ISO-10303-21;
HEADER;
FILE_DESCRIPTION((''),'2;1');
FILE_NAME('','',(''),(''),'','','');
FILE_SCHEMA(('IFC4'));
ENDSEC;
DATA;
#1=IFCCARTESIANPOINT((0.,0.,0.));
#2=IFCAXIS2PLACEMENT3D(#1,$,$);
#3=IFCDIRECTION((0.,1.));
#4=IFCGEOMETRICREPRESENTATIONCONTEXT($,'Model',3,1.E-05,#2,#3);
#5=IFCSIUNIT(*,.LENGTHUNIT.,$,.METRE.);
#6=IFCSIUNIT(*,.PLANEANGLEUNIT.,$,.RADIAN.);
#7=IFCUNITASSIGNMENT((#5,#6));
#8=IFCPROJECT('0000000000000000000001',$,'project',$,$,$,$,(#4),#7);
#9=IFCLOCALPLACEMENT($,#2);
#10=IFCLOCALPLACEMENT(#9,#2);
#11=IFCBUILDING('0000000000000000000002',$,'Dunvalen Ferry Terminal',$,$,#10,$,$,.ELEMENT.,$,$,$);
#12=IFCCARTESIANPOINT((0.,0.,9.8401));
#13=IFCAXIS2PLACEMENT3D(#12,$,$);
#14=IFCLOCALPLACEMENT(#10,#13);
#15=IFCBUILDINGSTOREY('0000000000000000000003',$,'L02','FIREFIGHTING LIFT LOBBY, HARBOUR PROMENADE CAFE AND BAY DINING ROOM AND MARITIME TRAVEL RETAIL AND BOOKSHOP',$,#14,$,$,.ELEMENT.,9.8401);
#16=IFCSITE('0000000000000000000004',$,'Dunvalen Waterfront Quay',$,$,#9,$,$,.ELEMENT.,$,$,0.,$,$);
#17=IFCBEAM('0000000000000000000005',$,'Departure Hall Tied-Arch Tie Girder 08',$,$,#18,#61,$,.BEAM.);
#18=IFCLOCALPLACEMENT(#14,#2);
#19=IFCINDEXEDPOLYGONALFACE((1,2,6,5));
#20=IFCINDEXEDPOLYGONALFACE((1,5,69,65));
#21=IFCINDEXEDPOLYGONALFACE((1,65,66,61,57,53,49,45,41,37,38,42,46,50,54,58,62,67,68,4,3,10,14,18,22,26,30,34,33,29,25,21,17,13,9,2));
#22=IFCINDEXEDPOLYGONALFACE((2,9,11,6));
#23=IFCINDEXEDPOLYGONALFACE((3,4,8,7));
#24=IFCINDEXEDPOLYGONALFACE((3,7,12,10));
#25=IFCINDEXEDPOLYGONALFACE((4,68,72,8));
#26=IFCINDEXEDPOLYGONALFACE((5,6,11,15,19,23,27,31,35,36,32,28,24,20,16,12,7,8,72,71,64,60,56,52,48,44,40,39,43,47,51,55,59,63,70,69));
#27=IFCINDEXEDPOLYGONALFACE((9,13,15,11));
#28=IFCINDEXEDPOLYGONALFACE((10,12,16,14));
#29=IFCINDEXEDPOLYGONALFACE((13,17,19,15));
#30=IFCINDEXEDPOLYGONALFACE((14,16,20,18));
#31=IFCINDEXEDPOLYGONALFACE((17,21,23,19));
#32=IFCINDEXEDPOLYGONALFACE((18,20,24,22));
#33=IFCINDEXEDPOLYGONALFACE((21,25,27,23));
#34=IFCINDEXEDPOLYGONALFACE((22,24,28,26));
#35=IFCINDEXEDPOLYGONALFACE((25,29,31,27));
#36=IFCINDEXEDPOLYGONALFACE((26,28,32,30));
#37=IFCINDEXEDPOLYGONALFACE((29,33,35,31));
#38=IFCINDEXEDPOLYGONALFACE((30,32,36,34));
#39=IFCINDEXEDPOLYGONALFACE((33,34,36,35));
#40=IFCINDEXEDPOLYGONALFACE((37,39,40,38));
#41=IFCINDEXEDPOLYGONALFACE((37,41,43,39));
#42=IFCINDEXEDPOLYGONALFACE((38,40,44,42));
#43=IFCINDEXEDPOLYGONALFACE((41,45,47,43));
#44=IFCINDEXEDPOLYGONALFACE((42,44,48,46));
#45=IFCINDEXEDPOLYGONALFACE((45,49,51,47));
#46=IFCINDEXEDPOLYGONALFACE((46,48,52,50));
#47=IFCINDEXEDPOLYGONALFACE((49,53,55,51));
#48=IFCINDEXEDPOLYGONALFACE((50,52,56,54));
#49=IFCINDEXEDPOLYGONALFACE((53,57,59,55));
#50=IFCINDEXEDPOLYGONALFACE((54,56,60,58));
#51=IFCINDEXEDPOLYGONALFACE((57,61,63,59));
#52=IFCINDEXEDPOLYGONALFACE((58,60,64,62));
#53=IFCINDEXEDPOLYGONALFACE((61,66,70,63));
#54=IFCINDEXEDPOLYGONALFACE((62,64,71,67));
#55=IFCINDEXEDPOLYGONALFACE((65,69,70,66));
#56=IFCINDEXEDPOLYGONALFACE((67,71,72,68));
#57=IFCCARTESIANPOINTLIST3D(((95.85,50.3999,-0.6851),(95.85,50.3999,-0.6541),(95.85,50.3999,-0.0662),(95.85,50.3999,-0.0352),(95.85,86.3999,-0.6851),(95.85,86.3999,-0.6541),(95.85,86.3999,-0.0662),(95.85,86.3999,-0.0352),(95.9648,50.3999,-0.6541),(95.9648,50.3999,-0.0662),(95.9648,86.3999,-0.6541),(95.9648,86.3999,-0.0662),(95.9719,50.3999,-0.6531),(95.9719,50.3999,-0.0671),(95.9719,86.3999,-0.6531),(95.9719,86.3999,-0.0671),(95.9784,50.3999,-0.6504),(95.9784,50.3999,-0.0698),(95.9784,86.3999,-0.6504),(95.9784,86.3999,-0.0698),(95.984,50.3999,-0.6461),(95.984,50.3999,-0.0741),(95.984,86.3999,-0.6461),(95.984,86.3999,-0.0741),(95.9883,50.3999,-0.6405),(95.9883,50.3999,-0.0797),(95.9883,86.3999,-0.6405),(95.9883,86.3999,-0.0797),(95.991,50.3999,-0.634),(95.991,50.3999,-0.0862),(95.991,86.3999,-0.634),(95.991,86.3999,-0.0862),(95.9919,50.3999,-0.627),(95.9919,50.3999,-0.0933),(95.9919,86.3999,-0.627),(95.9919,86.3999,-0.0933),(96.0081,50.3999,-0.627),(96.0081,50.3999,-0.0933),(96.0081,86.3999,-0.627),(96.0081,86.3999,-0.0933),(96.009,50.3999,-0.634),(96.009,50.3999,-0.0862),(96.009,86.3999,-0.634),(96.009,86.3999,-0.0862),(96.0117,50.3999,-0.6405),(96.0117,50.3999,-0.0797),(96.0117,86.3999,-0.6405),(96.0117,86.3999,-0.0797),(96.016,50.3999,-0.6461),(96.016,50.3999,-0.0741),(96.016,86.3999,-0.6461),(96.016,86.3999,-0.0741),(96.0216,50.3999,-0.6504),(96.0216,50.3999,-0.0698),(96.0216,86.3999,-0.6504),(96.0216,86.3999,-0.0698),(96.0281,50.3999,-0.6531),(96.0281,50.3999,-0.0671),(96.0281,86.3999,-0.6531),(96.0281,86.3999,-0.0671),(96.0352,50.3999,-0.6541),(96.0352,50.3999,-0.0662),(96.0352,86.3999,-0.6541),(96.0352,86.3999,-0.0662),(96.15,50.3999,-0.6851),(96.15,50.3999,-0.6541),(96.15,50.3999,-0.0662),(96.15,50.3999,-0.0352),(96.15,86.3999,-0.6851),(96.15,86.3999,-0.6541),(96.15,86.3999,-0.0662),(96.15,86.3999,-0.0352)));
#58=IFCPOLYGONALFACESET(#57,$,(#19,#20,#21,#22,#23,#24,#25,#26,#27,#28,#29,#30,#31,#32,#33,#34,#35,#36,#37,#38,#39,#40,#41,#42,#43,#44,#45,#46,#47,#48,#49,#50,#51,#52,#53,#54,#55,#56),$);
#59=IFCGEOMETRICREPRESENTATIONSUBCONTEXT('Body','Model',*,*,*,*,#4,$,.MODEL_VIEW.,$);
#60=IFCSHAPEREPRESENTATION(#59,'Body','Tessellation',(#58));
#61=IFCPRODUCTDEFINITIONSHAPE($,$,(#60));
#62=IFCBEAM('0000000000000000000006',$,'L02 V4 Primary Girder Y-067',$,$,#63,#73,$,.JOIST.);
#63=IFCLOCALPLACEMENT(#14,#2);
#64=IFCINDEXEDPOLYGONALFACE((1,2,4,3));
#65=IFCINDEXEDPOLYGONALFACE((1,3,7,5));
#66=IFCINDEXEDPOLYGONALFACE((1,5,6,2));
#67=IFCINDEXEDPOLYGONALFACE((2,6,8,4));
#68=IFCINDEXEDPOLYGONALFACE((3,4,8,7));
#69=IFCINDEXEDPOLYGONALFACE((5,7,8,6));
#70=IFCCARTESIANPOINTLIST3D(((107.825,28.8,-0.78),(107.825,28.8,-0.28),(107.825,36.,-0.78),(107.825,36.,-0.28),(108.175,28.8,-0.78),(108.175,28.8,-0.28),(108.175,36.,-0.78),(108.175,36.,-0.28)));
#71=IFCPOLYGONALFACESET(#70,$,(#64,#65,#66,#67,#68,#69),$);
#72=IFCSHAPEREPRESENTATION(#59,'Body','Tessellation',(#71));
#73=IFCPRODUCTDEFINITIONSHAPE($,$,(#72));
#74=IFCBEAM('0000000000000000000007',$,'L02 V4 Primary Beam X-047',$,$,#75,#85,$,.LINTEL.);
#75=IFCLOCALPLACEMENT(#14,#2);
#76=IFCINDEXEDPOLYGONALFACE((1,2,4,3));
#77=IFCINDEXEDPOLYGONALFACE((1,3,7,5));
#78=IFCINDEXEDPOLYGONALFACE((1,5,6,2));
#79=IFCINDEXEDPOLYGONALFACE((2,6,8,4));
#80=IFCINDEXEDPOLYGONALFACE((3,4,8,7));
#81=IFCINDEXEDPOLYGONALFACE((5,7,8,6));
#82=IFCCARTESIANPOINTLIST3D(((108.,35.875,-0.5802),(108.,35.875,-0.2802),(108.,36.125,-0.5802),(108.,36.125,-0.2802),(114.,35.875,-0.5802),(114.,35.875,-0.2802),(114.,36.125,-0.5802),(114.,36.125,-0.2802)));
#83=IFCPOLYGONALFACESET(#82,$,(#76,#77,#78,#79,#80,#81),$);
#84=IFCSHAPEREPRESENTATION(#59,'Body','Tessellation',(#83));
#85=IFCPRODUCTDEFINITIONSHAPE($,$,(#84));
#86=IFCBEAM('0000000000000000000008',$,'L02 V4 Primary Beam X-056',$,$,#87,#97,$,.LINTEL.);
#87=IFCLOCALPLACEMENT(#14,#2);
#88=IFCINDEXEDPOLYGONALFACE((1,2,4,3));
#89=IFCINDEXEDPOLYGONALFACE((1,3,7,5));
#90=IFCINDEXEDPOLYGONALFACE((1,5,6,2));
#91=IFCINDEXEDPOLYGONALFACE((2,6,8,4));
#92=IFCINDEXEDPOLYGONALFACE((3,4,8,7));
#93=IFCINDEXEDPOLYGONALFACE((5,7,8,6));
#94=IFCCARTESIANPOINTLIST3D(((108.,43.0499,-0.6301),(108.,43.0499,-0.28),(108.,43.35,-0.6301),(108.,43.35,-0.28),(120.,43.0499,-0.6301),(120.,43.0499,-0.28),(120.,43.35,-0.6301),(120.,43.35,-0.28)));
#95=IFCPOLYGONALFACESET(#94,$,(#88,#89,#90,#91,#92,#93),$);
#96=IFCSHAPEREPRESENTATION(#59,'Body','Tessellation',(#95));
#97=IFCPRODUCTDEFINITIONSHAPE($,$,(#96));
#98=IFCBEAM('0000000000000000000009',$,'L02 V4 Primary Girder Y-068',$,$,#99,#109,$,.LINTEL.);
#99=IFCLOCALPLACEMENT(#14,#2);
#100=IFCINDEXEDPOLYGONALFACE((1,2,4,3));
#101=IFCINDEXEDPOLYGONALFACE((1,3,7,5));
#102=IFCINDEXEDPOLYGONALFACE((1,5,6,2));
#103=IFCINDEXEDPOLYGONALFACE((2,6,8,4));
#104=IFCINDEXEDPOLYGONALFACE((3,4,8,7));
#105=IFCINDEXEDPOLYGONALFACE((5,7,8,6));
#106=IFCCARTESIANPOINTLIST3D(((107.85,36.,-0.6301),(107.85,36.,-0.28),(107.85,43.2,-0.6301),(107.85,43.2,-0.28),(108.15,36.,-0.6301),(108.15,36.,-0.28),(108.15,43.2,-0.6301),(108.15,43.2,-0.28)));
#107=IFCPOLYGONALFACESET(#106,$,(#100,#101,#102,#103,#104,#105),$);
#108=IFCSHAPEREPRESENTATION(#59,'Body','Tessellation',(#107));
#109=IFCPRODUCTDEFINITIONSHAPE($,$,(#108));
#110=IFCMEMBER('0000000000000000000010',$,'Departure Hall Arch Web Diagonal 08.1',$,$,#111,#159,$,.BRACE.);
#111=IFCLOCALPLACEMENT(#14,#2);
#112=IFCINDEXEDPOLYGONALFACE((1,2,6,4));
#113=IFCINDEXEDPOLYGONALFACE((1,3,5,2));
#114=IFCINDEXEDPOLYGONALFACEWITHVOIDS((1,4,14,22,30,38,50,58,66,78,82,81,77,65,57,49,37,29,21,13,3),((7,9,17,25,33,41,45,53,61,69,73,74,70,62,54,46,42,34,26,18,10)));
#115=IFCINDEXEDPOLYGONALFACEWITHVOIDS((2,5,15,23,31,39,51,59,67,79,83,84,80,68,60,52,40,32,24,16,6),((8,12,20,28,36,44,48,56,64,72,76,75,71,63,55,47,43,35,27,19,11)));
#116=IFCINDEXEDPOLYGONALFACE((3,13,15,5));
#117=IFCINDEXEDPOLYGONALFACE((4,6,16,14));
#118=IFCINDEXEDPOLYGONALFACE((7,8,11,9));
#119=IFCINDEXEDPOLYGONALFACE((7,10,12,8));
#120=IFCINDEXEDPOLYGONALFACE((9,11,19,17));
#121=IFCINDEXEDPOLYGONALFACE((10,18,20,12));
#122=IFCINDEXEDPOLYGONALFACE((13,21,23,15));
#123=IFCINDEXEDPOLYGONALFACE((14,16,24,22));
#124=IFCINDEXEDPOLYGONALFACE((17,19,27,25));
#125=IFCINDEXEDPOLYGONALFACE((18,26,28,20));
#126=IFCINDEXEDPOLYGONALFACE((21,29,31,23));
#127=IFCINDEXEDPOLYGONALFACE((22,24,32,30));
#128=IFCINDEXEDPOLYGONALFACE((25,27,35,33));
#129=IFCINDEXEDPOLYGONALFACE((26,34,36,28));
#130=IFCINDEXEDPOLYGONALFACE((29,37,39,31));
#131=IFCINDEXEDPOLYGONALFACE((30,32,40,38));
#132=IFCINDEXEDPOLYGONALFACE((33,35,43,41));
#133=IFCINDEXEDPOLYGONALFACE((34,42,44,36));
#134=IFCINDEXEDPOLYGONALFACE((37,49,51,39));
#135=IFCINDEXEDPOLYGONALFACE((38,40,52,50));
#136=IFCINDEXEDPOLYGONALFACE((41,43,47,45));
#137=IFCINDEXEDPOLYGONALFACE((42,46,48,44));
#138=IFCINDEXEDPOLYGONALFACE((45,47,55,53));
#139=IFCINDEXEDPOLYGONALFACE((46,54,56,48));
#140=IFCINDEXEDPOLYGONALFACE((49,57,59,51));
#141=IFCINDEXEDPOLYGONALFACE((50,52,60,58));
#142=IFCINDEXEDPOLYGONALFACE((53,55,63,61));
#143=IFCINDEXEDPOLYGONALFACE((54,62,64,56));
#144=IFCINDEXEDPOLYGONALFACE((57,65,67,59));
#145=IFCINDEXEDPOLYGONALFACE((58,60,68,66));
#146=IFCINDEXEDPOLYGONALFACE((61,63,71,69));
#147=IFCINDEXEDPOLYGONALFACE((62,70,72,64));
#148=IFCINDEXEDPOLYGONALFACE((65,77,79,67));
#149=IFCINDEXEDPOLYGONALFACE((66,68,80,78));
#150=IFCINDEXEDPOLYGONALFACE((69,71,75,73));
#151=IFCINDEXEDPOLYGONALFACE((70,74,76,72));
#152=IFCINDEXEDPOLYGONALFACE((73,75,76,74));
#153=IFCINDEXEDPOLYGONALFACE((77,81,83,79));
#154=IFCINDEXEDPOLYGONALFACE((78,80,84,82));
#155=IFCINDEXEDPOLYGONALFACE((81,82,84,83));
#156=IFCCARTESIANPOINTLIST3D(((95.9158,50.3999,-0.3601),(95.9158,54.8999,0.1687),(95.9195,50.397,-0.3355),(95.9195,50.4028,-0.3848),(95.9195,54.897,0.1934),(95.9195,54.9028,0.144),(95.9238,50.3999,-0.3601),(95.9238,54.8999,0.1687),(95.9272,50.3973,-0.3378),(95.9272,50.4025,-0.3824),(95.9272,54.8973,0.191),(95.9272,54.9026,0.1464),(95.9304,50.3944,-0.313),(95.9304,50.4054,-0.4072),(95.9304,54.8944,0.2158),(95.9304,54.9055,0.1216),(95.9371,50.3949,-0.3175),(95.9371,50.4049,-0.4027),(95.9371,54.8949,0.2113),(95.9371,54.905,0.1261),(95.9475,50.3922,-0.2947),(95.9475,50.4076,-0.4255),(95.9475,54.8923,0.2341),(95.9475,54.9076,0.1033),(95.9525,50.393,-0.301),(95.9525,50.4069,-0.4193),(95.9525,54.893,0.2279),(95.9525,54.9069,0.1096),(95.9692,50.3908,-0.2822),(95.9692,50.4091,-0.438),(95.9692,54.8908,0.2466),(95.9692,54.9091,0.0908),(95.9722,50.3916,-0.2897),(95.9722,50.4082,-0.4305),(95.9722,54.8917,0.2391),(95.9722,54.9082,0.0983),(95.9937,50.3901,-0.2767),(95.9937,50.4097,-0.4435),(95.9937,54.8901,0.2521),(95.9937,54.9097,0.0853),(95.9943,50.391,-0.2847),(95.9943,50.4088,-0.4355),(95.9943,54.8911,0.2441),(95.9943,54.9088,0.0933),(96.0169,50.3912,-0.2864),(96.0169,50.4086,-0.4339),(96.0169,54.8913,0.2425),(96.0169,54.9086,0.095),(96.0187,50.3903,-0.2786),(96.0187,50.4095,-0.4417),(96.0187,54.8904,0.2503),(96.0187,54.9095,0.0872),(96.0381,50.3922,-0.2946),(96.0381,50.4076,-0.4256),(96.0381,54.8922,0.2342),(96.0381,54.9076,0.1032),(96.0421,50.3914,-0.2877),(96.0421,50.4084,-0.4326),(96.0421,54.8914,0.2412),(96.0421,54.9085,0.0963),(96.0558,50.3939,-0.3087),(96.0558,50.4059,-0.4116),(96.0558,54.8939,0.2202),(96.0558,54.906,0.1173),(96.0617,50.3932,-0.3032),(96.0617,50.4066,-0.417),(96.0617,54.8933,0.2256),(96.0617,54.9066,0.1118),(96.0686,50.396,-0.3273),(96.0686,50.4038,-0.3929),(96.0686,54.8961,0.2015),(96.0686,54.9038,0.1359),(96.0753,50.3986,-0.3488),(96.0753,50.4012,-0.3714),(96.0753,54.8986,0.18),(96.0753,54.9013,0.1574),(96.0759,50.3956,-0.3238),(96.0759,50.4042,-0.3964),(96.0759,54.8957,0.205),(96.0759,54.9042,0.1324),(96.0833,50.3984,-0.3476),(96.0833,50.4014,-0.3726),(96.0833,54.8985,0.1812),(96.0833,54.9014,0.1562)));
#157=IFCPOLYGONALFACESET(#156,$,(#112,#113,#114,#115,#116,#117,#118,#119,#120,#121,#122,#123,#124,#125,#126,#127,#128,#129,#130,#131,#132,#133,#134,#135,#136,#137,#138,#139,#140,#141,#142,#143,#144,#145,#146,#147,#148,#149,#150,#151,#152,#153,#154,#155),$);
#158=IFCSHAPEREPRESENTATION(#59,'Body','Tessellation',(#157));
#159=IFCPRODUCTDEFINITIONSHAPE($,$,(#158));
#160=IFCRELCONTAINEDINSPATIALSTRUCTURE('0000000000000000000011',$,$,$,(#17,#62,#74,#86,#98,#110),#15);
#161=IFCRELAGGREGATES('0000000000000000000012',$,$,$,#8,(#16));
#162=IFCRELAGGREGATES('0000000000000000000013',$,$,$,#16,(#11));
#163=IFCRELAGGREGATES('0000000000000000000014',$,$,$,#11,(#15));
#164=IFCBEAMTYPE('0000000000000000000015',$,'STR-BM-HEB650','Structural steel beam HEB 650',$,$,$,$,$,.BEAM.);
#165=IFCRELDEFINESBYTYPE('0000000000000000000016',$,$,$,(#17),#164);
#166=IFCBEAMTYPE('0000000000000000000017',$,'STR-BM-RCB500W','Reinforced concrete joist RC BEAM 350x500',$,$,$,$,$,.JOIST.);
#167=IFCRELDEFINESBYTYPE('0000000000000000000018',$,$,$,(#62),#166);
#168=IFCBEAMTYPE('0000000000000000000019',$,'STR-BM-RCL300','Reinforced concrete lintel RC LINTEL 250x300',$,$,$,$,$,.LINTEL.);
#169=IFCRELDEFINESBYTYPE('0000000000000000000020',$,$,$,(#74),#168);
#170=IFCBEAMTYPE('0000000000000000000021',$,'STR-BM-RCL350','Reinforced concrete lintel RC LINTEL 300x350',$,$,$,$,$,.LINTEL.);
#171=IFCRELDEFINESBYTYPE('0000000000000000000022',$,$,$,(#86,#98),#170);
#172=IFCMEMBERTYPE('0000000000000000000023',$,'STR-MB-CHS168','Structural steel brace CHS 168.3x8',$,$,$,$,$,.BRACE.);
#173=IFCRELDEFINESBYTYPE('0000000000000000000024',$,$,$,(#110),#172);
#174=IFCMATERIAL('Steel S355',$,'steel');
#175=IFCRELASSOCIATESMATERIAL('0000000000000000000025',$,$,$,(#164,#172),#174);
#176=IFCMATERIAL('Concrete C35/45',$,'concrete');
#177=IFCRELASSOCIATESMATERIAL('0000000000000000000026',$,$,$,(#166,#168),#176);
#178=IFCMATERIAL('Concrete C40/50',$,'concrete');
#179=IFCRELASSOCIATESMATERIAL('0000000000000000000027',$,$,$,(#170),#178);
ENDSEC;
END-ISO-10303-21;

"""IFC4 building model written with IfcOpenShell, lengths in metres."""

from ifc_helpers import new_model, si_unit, direction, frame, origin, origin_2d, place, context, subcontext, project, spatial, rectangle, hollow_circle, i_section, extrude, material, material_profile, profile_set, type_object, element, save


model = new_model("IFC4")

# Units and contexts
model_context = context("Model", 3, precision=1e-05, world=origin(), true_north=direction((0.0, 1.0)))
body_context = subcontext(model_context, "Body", "Model", "MODEL_VIEW")
ifc_project = project(units=[si_unit("LENGTHUNIT", "METRE"), si_unit("PLANEANGLEUNIT", "RADIAN")], contexts=[model_context])

# Site, building, storey
site_placement = place(None, origin())
site = spatial("IfcSite", under=ifc_project, at=site_placement, Name="Dunvalen Waterfront Quay", CompositionType="ELEMENT", RefElevation=0.0)
building_placement = place(site_placement, origin())
building = spatial("IfcBuilding", under=site, at=building_placement, Name="Dunvalen Ferry Terminal", CompositionType="ELEMENT")
storey_placement = place(building_placement, frame((0.0, 0.0, 9.8401)))
storey = spatial("IfcBuildingStorey", under=building, at=storey_placement, Name="L02", Description="FIREFIGHTING LIFT LOBBY, HARBOUR PROMENADE CAFE AND BAY DINING ROOM AND MARITIME TRAVEL RETAIL AND BOOKSHOP", CompositionType="ELEMENT", Elevation=9.8401)

# Beams
ifc_material_1 = material(Name="Steel S355", Category="steel")
ifc_material_profile_1 = material_profile(ifc_material_1, i_section(OverallWidth=0.3, OverallDepth=0.6499, WebThickness=0.0161, FlangeThickness=0.031, FilletRadius=0.0271, at=origin_2d()), Name="Steel S355")
ifc_profile_set_1 = profile_set([ifc_material_profile_1], Name="Steel S355")
beam_type_1 = type_object("IfcBeamType", Name="STR-BM-HEB650", Description="Structural steel beam HEB 650", PredefinedType="BEAM", material=ifc_profile_set_1)
beam_1_placement = place(storey_placement, frame((96.0, 50.3999, -0.3601), z_axis=(0.0, 1.0, 0.0), x_axis=(-1.0, 0.0, 0.0)))
element("IfcBeam", 1, at=beam_1_placement, inside=storey, type_object=beam_type_1, Name="Departure Hall Tied-Arch Tie Girder 08", PredefinedType="BEAM", context=body_context, shape_type="SweptSolid", body=[
    extrude(i_section(OverallWidth=0.3, OverallDepth=0.6499, WebThickness=0.0161, FlangeThickness=0.031, FilletRadius=0.0271, at=origin_2d()), origin(), (0.0, 0.0, 1.0), 36.0),
])
ifc_material_2 = material(Name="Concrete C35/45", Category="concrete")
ifc_material_profile_2 = material_profile(ifc_material_2, rectangle(XDim=0.3501, YDim=0.5, at=origin_2d()), Name="Concrete C35/45")
ifc_profile_set_2 = profile_set([ifc_material_profile_2], Name="Concrete C35/45")
beam_type_2 = type_object("IfcBeamType", Name="STR-BM-RCB500W", Description="Reinforced concrete joist RC BEAM 350x500", PredefinedType="JOIST", material=ifc_profile_set_2)
beam_2_placement = place(storey_placement, frame((108.0, 28.8, -0.53), z_axis=(0.0, 1.0, 0.0), x_axis=(-1.0, 0.0, 0.0)))
element("IfcBeam", 2, at=beam_2_placement, inside=storey, type_object=beam_type_2, Name="L02 V4 Primary Girder Y-067", PredefinedType="JOIST", context=body_context, shape_type="SweptSolid", body=[
    extrude(rectangle(XDim=0.3501, YDim=0.5, at=origin_2d()), origin(), (0.0, 0.0, 1.0), 7.2),
])
ifc_material_profile_3 = material_profile(ifc_material_2, rectangle(XDim=0.25, YDim=0.3, at=origin_2d()), Name="Concrete C35/45")
ifc_profile_set_3 = profile_set([ifc_material_profile_3], Name="Concrete C35/45")
beam_type_3 = type_object("IfcBeamType", Name="STR-BM-RCL300", Description="Reinforced concrete lintel RC LINTEL 250x300", PredefinedType="LINTEL", material=ifc_profile_set_3)
beam_3_placement = place(storey_placement, frame((108.0, 36.0, -0.4302), z_axis=(1.0, 0.0, 0.0), x_axis=(0.0, 1.0, 0.0)))
element("IfcBeam", 3, at=beam_3_placement, inside=storey, type_object=beam_type_3, Name="L02 V4 Primary Beam X-047", PredefinedType="LINTEL", context=body_context, shape_type="SweptSolid", body=[
    extrude(rectangle(XDim=0.25, YDim=0.3, at=origin_2d()), origin(), (0.0, 0.0, 1.0), 6.0),
])
ifc_material_3 = material(Name="Concrete C40/50", Category="concrete")
ifc_material_profile_4 = material_profile(ifc_material_3, rectangle(XDim=0.3, YDim=0.3501, at=origin_2d()), Name="Concrete C40/50")
ifc_profile_set_4 = profile_set([ifc_material_profile_4], Name="Concrete C40/50")
beam_type_4 = type_object("IfcBeamType", Name="STR-BM-RCL350", Description="Reinforced concrete lintel RC LINTEL 300x350", PredefinedType="LINTEL", material=ifc_profile_set_4)
beam_4_placement = place(storey_placement, frame((108.0, 43.2, -0.4551), z_axis=(1.0, 0.0, 0.0), x_axis=(0.0, 1.0, 0.0)))
element("IfcBeam", 4, at=beam_4_placement, inside=storey, type_object=beam_type_4, Name="L02 V4 Primary Beam X-056", PredefinedType="LINTEL", context=body_context, shape_type="SweptSolid", body=[
    extrude(rectangle(XDim=0.3, YDim=0.3501, at=origin_2d()), origin(), (0.0, 0.0, 1.0), 12.0),
])
beam_5_placement = place(storey_placement, frame((108.0, 36.0, -0.4551), z_axis=(0.0, 1.0, 0.0), x_axis=(-1.0, 0.0, 0.0)))
element("IfcBeam", 5, at=beam_5_placement, inside=storey, type_object=beam_type_4, Name="L02 V4 Primary Girder Y-068", PredefinedType="LINTEL", context=body_context, shape_type="SweptSolid", body=[
    extrude(rectangle(XDim=0.3, YDim=0.3501, at=origin_2d()), origin(), (0.0, 0.0, 1.0), 7.2),
])

# Member
ifc_material_profile_5 = material_profile(ifc_material_1, hollow_circle(Radius=0.0842, WallThickness=0.0081, at=origin_2d()), Name="Steel S355")
ifc_profile_set_5 = profile_set([ifc_material_profile_5], Name="Steel S355")
member_type_1 = type_object("IfcMemberType", Name="STR-MB-CHS168", Description="Structural steel brace CHS 168.3x8", PredefinedType="BRACE", material=ifc_profile_set_5)
member_1_placement = place(storey_placement, frame((96.0, 50.3999, -0.3601), z_axis=(0.0, 0.993166, 0.11671), x_axis=(-1.0, 0.0, 0.0)))
element("IfcMember", 6, at=member_1_placement, inside=storey, type_object=member_type_1, Name="Departure Hall Arch Web Diagonal 08.1", PredefinedType="BRACE", context=body_context, shape_type="SweptSolid", body=[
    extrude(hollow_circle(Radius=0.0842, WallThickness=0.0081, at=origin_2d()), origin(), (0.0, 0.0, 1.0), 4.531),
])

save(model, "model.ifc")
